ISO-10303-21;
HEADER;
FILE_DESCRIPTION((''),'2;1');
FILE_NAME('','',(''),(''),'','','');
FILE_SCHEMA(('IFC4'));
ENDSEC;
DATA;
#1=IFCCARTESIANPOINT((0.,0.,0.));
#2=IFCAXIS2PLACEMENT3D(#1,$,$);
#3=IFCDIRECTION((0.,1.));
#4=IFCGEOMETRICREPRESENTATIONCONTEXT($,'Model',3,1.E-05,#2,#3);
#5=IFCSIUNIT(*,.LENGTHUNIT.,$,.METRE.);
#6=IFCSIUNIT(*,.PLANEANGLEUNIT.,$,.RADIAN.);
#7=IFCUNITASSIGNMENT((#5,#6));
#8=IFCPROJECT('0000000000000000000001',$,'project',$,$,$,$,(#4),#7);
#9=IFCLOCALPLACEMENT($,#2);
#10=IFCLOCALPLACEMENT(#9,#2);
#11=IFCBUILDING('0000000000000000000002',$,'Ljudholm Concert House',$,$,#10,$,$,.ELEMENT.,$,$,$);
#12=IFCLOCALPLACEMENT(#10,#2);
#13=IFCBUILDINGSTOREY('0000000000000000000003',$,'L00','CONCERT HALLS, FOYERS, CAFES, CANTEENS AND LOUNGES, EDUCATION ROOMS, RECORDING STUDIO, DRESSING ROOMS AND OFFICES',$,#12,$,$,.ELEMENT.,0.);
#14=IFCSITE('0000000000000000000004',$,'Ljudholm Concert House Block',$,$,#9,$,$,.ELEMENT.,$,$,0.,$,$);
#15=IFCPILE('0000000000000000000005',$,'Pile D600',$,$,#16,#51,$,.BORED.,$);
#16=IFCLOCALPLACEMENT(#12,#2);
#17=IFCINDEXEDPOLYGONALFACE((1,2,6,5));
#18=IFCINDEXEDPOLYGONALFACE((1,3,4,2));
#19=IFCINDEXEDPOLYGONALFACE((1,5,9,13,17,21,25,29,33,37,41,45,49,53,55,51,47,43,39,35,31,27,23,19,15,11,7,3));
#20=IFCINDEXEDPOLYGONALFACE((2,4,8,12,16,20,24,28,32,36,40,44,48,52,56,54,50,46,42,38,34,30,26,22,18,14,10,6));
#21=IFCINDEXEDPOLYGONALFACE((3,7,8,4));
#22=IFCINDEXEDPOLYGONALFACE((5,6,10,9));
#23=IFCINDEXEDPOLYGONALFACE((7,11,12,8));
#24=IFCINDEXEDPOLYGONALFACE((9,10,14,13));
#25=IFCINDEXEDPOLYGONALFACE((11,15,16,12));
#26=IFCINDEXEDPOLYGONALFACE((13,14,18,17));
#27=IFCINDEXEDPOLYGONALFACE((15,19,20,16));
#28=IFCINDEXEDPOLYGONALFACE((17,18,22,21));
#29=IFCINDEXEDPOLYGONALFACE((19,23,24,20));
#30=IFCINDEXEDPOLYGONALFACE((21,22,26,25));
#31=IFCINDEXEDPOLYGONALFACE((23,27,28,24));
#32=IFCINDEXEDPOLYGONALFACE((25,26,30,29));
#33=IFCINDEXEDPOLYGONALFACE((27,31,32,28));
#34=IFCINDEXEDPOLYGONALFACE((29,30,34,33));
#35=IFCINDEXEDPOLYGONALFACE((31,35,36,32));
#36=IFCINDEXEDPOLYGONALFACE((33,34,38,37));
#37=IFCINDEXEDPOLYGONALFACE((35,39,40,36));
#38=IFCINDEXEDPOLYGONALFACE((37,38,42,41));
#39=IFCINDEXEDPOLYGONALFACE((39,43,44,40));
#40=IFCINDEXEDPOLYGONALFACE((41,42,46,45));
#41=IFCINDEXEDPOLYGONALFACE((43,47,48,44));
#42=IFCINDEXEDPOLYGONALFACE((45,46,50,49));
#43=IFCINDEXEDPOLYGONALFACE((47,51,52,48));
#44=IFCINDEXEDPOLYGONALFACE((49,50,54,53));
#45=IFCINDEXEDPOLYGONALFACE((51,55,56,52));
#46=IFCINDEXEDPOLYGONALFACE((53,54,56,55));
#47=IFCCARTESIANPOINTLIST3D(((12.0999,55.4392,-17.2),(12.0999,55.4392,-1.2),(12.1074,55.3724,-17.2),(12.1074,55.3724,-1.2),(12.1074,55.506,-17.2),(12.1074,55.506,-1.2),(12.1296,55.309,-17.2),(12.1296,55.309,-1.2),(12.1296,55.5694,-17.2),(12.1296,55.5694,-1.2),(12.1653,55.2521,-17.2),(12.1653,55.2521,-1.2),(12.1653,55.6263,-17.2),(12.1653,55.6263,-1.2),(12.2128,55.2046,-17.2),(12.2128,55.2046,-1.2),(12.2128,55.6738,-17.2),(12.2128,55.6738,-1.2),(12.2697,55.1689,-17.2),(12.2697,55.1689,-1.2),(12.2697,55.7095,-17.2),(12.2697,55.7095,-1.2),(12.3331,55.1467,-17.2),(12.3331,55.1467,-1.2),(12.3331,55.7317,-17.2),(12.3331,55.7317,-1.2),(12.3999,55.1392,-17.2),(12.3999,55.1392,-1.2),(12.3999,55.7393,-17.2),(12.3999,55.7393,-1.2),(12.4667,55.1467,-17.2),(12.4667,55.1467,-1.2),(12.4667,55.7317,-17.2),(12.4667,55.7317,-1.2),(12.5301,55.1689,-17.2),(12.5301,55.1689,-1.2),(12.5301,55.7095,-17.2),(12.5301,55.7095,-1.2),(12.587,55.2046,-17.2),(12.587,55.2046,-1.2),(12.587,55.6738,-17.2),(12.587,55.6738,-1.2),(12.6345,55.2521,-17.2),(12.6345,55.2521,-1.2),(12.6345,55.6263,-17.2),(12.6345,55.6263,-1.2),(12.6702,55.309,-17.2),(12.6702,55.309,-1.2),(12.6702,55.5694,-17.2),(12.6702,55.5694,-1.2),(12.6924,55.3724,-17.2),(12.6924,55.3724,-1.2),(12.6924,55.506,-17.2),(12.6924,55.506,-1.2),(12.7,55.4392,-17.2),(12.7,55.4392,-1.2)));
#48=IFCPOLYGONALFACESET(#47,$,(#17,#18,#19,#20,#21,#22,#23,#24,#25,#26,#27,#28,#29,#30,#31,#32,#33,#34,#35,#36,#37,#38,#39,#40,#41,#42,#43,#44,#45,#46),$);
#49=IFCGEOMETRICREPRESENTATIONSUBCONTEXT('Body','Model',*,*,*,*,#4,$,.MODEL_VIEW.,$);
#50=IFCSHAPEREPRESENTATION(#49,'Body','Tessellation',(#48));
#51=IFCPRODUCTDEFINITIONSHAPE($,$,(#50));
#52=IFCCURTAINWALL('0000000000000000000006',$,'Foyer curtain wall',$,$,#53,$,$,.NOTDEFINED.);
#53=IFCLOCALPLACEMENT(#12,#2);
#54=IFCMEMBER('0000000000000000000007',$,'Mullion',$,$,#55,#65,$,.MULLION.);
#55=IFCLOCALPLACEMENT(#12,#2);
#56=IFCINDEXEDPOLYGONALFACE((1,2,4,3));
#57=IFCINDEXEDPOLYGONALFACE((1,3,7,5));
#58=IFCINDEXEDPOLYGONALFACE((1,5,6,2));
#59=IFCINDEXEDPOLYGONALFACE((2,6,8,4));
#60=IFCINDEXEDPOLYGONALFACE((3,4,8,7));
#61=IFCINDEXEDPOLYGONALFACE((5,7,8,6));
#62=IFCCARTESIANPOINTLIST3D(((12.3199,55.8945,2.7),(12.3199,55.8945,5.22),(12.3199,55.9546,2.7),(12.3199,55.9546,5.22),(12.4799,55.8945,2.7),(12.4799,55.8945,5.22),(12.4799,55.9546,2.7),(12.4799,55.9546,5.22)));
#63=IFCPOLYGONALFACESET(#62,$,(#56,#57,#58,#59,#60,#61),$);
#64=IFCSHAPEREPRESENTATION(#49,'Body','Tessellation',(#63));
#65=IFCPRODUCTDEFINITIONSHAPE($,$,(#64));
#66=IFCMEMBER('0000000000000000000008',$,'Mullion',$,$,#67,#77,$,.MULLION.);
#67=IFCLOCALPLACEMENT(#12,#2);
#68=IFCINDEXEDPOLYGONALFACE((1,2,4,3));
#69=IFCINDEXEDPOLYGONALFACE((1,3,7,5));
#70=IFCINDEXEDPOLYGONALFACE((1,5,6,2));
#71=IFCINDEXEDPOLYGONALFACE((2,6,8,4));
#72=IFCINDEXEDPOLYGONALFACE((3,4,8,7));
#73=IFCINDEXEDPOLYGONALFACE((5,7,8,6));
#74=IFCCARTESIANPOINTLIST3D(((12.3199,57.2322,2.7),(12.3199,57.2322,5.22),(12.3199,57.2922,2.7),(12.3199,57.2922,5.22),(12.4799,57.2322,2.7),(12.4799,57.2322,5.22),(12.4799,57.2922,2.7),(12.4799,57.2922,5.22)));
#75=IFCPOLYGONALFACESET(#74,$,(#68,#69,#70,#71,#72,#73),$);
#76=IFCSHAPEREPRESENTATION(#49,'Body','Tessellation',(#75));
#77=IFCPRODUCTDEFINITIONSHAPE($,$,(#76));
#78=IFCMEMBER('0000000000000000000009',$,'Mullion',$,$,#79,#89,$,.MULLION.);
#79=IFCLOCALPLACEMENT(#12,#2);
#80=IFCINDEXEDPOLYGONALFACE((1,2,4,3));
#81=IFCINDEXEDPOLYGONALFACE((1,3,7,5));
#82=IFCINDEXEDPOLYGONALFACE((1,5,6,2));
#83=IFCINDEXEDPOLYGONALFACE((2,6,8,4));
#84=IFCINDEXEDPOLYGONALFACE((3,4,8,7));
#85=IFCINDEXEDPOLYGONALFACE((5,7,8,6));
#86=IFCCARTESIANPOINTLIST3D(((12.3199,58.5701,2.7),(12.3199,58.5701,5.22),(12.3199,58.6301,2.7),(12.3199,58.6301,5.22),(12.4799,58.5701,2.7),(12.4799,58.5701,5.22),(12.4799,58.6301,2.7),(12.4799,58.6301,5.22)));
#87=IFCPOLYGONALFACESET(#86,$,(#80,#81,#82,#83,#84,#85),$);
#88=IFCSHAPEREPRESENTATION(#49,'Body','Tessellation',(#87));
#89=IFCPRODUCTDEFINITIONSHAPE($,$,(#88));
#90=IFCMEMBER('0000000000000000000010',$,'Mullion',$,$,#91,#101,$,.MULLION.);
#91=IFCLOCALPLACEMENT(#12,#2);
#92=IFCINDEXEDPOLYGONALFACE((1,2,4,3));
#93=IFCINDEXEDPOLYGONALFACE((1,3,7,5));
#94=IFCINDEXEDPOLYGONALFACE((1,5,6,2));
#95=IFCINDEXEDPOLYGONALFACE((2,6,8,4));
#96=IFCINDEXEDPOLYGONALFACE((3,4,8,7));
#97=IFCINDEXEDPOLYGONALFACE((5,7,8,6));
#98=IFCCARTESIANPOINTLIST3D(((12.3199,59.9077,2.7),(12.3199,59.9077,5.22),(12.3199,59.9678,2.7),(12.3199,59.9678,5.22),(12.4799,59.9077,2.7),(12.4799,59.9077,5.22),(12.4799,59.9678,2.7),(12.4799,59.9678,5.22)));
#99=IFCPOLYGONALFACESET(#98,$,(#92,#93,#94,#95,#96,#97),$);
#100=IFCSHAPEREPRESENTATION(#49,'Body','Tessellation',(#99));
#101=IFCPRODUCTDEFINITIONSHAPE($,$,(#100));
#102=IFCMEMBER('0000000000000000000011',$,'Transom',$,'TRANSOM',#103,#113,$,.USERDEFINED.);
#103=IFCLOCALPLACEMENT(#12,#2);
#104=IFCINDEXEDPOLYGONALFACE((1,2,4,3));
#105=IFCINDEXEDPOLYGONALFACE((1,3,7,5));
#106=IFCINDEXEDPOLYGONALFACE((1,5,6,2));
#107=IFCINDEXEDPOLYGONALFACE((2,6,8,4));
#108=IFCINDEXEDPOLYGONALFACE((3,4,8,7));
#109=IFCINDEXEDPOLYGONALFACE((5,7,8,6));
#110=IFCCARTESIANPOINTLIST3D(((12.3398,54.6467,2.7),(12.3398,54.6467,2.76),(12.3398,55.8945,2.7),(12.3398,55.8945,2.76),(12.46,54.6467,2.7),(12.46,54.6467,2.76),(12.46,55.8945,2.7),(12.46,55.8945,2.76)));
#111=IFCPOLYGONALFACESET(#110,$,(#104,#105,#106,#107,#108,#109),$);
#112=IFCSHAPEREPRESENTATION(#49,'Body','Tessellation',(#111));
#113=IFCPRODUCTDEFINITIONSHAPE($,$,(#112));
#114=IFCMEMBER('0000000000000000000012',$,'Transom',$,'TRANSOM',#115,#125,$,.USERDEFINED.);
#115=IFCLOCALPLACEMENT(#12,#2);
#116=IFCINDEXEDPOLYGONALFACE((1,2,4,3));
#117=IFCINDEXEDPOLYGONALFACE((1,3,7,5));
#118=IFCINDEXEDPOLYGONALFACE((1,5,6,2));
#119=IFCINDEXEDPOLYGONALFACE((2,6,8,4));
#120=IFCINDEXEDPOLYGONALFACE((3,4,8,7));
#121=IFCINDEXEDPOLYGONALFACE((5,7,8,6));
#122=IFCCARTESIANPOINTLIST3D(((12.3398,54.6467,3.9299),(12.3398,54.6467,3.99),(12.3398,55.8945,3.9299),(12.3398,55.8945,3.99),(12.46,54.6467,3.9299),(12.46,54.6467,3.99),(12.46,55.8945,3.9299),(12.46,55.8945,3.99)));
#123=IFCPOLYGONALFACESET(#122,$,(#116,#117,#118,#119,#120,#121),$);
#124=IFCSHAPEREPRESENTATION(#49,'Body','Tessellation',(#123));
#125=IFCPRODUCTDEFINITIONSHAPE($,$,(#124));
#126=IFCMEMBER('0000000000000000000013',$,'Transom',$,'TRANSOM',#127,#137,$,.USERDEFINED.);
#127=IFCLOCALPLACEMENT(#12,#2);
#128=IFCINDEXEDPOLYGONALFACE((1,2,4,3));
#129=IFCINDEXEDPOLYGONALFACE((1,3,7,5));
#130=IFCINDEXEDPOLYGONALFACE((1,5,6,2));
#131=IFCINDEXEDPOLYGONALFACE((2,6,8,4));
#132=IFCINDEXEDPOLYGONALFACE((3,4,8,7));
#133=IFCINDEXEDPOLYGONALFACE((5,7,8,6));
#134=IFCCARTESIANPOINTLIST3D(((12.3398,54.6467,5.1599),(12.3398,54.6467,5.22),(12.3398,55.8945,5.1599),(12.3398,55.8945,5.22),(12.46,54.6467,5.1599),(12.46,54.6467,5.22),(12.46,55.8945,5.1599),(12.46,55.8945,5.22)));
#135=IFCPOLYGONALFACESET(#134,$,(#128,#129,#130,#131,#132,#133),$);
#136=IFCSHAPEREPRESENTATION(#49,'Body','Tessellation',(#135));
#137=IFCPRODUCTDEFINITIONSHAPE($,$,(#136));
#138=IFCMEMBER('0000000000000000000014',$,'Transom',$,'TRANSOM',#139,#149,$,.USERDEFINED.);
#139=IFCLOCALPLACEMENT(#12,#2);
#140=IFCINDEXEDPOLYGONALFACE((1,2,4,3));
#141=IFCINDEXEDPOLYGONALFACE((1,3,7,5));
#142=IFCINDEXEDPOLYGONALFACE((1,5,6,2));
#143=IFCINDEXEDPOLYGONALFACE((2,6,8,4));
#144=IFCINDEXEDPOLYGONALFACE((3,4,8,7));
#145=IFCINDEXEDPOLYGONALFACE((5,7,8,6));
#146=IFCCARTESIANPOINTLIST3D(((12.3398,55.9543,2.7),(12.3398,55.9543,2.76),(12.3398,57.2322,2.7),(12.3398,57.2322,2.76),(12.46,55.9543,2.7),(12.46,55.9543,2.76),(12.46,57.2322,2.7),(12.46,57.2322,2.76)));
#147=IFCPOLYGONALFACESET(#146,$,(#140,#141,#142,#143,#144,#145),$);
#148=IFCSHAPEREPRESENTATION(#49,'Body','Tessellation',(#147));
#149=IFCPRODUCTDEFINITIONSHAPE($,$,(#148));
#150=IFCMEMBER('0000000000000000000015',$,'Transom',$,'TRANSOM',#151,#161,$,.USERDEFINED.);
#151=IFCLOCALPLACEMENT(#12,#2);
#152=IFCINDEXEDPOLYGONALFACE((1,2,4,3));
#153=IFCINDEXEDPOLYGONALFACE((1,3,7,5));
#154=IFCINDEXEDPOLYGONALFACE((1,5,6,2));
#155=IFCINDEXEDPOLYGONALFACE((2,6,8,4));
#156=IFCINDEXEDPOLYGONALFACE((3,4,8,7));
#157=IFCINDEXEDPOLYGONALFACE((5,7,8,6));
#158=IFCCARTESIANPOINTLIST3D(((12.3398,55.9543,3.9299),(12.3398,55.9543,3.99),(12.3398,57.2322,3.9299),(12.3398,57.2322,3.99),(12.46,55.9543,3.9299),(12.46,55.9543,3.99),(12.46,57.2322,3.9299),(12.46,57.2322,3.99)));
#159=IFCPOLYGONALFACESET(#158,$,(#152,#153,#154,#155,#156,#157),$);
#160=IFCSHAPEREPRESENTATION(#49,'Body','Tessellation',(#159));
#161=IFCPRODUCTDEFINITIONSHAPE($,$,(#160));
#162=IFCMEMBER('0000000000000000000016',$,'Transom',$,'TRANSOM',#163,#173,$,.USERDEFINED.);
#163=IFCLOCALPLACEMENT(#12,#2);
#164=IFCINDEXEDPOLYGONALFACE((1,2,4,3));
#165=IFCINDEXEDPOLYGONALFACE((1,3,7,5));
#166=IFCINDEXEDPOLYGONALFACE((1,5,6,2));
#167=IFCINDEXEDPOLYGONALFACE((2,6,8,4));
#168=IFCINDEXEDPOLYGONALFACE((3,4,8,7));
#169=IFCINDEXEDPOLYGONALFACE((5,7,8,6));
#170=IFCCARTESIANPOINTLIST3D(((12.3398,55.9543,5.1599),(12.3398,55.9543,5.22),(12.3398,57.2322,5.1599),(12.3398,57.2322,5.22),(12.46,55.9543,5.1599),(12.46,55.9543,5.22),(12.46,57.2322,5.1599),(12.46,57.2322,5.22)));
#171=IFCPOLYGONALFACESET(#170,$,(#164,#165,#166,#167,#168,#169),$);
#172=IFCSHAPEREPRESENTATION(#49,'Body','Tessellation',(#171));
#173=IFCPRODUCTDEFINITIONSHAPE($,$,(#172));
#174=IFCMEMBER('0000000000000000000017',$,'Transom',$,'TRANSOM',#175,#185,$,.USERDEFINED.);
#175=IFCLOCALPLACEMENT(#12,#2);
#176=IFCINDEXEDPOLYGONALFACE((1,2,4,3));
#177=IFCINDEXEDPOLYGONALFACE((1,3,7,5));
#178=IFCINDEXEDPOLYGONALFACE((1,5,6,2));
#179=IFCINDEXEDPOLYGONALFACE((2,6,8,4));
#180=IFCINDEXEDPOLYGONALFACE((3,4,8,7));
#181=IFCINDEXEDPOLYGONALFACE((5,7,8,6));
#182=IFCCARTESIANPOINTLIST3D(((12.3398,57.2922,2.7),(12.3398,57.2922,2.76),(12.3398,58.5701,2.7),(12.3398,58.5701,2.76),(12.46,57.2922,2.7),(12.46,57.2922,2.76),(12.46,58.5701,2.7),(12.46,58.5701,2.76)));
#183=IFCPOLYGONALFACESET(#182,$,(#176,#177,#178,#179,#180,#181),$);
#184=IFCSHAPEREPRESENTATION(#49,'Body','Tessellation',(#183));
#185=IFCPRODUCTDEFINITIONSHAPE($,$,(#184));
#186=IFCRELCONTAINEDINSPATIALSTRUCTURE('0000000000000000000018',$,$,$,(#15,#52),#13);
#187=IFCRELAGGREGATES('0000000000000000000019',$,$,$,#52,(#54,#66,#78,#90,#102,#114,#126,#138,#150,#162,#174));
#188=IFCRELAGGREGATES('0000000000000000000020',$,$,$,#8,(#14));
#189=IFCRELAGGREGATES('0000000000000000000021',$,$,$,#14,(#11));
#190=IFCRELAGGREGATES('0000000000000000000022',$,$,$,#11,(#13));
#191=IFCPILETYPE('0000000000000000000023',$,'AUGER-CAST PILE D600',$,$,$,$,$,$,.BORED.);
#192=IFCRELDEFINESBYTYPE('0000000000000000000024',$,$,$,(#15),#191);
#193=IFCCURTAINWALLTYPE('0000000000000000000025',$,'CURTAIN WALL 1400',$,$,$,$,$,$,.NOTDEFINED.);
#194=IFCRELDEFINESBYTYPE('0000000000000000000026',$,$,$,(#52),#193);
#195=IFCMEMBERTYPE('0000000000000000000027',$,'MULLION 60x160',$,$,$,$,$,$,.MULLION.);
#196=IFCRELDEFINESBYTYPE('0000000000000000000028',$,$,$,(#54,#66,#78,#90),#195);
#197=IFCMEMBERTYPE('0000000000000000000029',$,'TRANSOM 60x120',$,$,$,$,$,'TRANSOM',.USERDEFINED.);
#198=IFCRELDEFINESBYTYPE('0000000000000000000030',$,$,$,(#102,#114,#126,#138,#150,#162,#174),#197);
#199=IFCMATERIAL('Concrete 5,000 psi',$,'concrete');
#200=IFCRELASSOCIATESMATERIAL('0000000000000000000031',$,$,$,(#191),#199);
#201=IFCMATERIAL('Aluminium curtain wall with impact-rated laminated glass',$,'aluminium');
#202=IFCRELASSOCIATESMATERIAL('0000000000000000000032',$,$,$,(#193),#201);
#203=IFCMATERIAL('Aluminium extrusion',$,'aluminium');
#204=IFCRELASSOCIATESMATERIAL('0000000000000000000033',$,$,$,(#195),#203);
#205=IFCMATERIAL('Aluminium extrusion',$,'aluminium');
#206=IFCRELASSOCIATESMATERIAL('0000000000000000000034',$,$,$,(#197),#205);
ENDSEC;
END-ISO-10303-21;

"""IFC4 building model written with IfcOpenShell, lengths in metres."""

from ifc_helpers import new_model, si_unit, direction, frame, origin, origin_2d, place, context, subcontext, project, spatial, rectangle, circle, extrude, material, material_profile, profile_set, type_object, element, aggregate, save


model = new_model("IFC4")

# Units and contexts
model_context = context("Model", 3, precision=1e-05, world=origin(), true_north=direction((0.0, 1.0)))
body_context = subcontext(model_context, "Body", "Model", "MODEL_VIEW")
ifc_project = project(units=[si_unit("LENGTHUNIT", "METRE"), si_unit("PLANEANGLEUNIT", "RADIAN")], contexts=[model_context])

# Site, building, storey
site_placement = place(None, origin())
site = spatial("IfcSite", under=ifc_project, at=site_placement, Name="Ljudholm Concert House Block", CompositionType="ELEMENT", RefElevation=0.0)
building_placement = place(site_placement, origin())
building = spatial("IfcBuilding", under=site, at=building_placement, Name="Ljudholm Concert House", CompositionType="ELEMENT")
storey_placement = place(building_placement, origin())
storey = spatial("IfcBuildingStorey", under=building, at=storey_placement, Name="L00", Description="CONCERT HALLS, FOYERS, CAFES, CANTEENS AND LOUNGES, EDUCATION ROOMS, RECORDING STUDIO, DRESSING ROOMS AND OFFICES", CompositionType="ELEMENT", Elevation=0.0)

# Pile
ifc_material_1 = material(Name="Concrete 5,000 psi", Category="concrete")
ifc_material_profile_1 = material_profile(ifc_material_1, circle(Radius=0.3, at=origin_2d()), Name="AUGER-CAST PILE D600")
ifc_profile_set_1 = profile_set([ifc_material_profile_1], Name="Concrete 5,000 psi")
pile_type = type_object("IfcPileType", Name="AUGER-CAST PILE D600", PredefinedType="BORED", material=ifc_profile_set_1)
pile_placement = place(storey_placement, frame((12.3999, 55.4392, -1.2), z_axis=(0.0, 0.0, -1.0), x_axis=(1.0, 0.0, 0.0)))
element("IfcPile", 1, at=pile_placement, inside=storey, type_object=pile_type, Name="Pile D600", PredefinedType="BORED", context=body_context, shape_type="SweptSolid", body=[
    extrude(circle(Radius=0.3, at=origin_2d()), origin(), (0.0, 0.0, 1.0), 16.0),
])

# Curtain wall, members
ifc_material_2 = material(Name="Aluminium curtain wall with impact-rated laminated glass", Category="aluminium")
curtain_wall_type = type_object("IfcCurtainWallType", Name="CURTAIN WALL 1400", PredefinedType="NOTDEFINED", material=ifc_material_2)
curtain_wall_placement = place(storey_placement, origin())
curtain_wall = element("IfcCurtainWall", 2, at=curtain_wall_placement, inside=storey, type_object=curtain_wall_type, Name="Foyer curtain wall", PredefinedType="NOTDEFINED")
ifc_material_3 = material(Name="Aluminium extrusion", Category="aluminium")
ifc_material_profile_2 = material_profile(ifc_material_3, rectangle(XDim=0.1599, YDim=0.0601, at=origin_2d()), Name="MULLION 60x160")
ifc_profile_set_2 = profile_set([ifc_material_profile_2], Name="Aluminium extrusion")
member_type_1 = type_object("IfcMemberType", Name="MULLION 60x160", PredefinedType="MULLION", material=ifc_profile_set_2)
member_1_placement = place(storey_placement, frame((12.3999, 55.9246, 2.7), z_axis=(0.0, 0.0, 1.0), x_axis=(-1.0, 0.0, 0.0)))
member_1 = element("IfcMember", 3, at=member_1_placement, type_object=member_type_1, Name="Mullion", PredefinedType="MULLION", context=body_context, shape_type="SweptSolid", body=[
    extrude(rectangle(XDim=0.1599, YDim=0.0601, at=origin_2d()), origin(), (0.0, 0.0, 1.0), 2.52),
])
member_2_placement = place(storey_placement, frame((12.3999, 57.2622, 2.7), z_axis=(0.0, 0.0, 1.0), x_axis=(-1.0, 0.0, 0.0)))
member_2 = element("IfcMember", 4, at=member_2_placement, type_object=member_type_1, Name="Mullion", PredefinedType="MULLION", context=body_context, shape_type="SweptSolid", body=[
    extrude(rectangle(XDim=0.1599, YDim=0.0601, at=origin_2d()), origin(), (0.0, 0.0, 1.0), 2.52),
])
member_3_placement = place(storey_placement, frame((12.3999, 58.6001, 2.7), z_axis=(0.0, 0.0, 1.0), x_axis=(-1.0, 0.0, 0.0)))
member_3 = element("IfcMember", 5, at=member_3_placement, type_object=member_type_1, Name="Mullion", PredefinedType="MULLION", context=body_context, shape_type="SweptSolid", body=[
    extrude(rectangle(XDim=0.1599, YDim=0.0601, at=origin_2d()), origin(), (0.0, 0.0, 1.0), 2.52),
])
member_4_placement = place(storey_placement, frame((12.3999, 59.9377, 2.7), z_axis=(0.0, 0.0, 1.0), x_axis=(-1.0, 0.0, 0.0)))
member_4 = element("IfcMember", 6, at=member_4_placement, type_object=member_type_1, Name="Mullion", PredefinedType="MULLION", context=body_context, shape_type="SweptSolid", body=[
    extrude(rectangle(XDim=0.1599, YDim=0.0601, at=origin_2d()), origin(), (0.0, 0.0, 1.0), 2.52),
])
ifc_material_4 = material(Name="Aluminium extrusion", Category="aluminium")
ifc_material_profile_3 = material_profile(ifc_material_4, rectangle(XDim=0.1201, YDim=0.0601, at=origin_2d()), Name="TRANSOM 60x120")
ifc_profile_set_3 = profile_set([ifc_material_profile_3], Name="Aluminium extrusion")
member_type_2 = type_object("IfcMemberType", Name="TRANSOM 60x120", ElementType="TRANSOM", PredefinedType="USERDEFINED", material=ifc_profile_set_3)
member_5_placement = place(storey_placement, frame((12.3999, 54.6467, 2.73), z_axis=(0.0, 1.0, 0.0), x_axis=(-1.0, 0.0, 0.0)))
member_5 = element("IfcMember", 7, at=member_5_placement, type_object=member_type_2, Name="Transom", ObjectType="TRANSOM", PredefinedType="USERDEFINED", context=body_context, shape_type="SweptSolid", body=[
    extrude(rectangle(XDim=0.1201, YDim=0.0601, at=origin_2d()), origin(), (0.0, 0.0, 1.0), 1.2478),
])
member_6_placement = place(storey_placement, frame((12.3999, 54.6467, 3.96), z_axis=(0.0, 1.0, 0.0), x_axis=(-1.0, 0.0, 0.0)))
member_6 = element("IfcMember", 8, at=member_6_placement, type_object=member_type_2, Name="Transom", ObjectType="TRANSOM", PredefinedType="USERDEFINED", context=body_context, shape_type="SweptSolid", body=[
    extrude(rectangle(XDim=0.1201, YDim=0.0601, at=origin_2d()), origin(), (0.0, 0.0, 1.0), 1.2478),
])
member_7_placement = place(storey_placement, frame((12.3999, 54.6467, 5.1899), z_axis=(0.0, 1.0, 0.0), x_axis=(-1.0, 0.0, 0.0)))
member_7 = element("IfcMember", 9, at=member_7_placement, type_object=member_type_2, Name="Transom", ObjectType="TRANSOM", PredefinedType="USERDEFINED", context=body_context, shape_type="SweptSolid", body=[
    extrude(rectangle(XDim=0.1201, YDim=0.0601, at=origin_2d()), origin(), (0.0, 0.0, 1.0), 1.2478),
])
member_8_placement = place(storey_placement, frame((12.3999, 55.9543, 2.73), z_axis=(0.0, 1.0, 0.0), x_axis=(-1.0, 0.0, 0.0)))
member_8 = element("IfcMember", 10, at=member_8_placement, type_object=member_type_2, Name="Transom", ObjectType="TRANSOM", PredefinedType="USERDEFINED", context=body_context, shape_type="SweptSolid", body=[
    extrude(rectangle(XDim=0.1201, YDim=0.0601, at=origin_2d()), origin(), (0.0, 0.0, 1.0), 1.2778),
])
member_9_placement = place(storey_placement, frame((12.3999, 55.9543, 3.96), z_axis=(0.0, 1.0, 0.0), x_axis=(-1.0, 0.0, 0.0)))
member_9 = element("IfcMember", 11, at=member_9_placement, type_object=member_type_2, Name="Transom", ObjectType="TRANSOM", PredefinedType="USERDEFINED", context=body_context, shape_type="SweptSolid", body=[
    extrude(rectangle(XDim=0.1201, YDim=0.0601, at=origin_2d()), origin(), (0.0, 0.0, 1.0), 1.2778),
])
member_10_placement = place(storey_placement, frame((12.3999, 55.9543, 5.1899), z_axis=(0.0, 1.0, 0.0), x_axis=(-1.0, 0.0, 0.0)))
member_10 = element("IfcMember", 12, at=member_10_placement, type_object=member_type_2, Name="Transom", ObjectType="TRANSOM", PredefinedType="USERDEFINED", context=body_context, shape_type="SweptSolid", body=[
    extrude(rectangle(XDim=0.1201, YDim=0.0601, at=origin_2d()), origin(), (0.0, 0.0, 1.0), 1.2778),
])
member_11_placement = place(storey_placement, frame((12.3999, 57.2922, 2.73), z_axis=(0.0, 1.0, 0.0), x_axis=(-1.0, 0.0, 0.0)))
member_11 = element("IfcMember", 13, at=member_11_placement, type_object=member_type_2, Name="Transom", ObjectType="TRANSOM", PredefinedType="USERDEFINED", context=body_context, shape_type="SweptSolid", body=[
    extrude(rectangle(XDim=0.1201, YDim=0.0601, at=origin_2d()), origin(), (0.0, 0.0, 1.0), 1.2778),
])
aggregate(curtain_wall, [member_1, member_2, member_3, member_4, member_5, member_6, member_7, member_8, member_9, member_10, member_11])

save(model, "model.ifc")
